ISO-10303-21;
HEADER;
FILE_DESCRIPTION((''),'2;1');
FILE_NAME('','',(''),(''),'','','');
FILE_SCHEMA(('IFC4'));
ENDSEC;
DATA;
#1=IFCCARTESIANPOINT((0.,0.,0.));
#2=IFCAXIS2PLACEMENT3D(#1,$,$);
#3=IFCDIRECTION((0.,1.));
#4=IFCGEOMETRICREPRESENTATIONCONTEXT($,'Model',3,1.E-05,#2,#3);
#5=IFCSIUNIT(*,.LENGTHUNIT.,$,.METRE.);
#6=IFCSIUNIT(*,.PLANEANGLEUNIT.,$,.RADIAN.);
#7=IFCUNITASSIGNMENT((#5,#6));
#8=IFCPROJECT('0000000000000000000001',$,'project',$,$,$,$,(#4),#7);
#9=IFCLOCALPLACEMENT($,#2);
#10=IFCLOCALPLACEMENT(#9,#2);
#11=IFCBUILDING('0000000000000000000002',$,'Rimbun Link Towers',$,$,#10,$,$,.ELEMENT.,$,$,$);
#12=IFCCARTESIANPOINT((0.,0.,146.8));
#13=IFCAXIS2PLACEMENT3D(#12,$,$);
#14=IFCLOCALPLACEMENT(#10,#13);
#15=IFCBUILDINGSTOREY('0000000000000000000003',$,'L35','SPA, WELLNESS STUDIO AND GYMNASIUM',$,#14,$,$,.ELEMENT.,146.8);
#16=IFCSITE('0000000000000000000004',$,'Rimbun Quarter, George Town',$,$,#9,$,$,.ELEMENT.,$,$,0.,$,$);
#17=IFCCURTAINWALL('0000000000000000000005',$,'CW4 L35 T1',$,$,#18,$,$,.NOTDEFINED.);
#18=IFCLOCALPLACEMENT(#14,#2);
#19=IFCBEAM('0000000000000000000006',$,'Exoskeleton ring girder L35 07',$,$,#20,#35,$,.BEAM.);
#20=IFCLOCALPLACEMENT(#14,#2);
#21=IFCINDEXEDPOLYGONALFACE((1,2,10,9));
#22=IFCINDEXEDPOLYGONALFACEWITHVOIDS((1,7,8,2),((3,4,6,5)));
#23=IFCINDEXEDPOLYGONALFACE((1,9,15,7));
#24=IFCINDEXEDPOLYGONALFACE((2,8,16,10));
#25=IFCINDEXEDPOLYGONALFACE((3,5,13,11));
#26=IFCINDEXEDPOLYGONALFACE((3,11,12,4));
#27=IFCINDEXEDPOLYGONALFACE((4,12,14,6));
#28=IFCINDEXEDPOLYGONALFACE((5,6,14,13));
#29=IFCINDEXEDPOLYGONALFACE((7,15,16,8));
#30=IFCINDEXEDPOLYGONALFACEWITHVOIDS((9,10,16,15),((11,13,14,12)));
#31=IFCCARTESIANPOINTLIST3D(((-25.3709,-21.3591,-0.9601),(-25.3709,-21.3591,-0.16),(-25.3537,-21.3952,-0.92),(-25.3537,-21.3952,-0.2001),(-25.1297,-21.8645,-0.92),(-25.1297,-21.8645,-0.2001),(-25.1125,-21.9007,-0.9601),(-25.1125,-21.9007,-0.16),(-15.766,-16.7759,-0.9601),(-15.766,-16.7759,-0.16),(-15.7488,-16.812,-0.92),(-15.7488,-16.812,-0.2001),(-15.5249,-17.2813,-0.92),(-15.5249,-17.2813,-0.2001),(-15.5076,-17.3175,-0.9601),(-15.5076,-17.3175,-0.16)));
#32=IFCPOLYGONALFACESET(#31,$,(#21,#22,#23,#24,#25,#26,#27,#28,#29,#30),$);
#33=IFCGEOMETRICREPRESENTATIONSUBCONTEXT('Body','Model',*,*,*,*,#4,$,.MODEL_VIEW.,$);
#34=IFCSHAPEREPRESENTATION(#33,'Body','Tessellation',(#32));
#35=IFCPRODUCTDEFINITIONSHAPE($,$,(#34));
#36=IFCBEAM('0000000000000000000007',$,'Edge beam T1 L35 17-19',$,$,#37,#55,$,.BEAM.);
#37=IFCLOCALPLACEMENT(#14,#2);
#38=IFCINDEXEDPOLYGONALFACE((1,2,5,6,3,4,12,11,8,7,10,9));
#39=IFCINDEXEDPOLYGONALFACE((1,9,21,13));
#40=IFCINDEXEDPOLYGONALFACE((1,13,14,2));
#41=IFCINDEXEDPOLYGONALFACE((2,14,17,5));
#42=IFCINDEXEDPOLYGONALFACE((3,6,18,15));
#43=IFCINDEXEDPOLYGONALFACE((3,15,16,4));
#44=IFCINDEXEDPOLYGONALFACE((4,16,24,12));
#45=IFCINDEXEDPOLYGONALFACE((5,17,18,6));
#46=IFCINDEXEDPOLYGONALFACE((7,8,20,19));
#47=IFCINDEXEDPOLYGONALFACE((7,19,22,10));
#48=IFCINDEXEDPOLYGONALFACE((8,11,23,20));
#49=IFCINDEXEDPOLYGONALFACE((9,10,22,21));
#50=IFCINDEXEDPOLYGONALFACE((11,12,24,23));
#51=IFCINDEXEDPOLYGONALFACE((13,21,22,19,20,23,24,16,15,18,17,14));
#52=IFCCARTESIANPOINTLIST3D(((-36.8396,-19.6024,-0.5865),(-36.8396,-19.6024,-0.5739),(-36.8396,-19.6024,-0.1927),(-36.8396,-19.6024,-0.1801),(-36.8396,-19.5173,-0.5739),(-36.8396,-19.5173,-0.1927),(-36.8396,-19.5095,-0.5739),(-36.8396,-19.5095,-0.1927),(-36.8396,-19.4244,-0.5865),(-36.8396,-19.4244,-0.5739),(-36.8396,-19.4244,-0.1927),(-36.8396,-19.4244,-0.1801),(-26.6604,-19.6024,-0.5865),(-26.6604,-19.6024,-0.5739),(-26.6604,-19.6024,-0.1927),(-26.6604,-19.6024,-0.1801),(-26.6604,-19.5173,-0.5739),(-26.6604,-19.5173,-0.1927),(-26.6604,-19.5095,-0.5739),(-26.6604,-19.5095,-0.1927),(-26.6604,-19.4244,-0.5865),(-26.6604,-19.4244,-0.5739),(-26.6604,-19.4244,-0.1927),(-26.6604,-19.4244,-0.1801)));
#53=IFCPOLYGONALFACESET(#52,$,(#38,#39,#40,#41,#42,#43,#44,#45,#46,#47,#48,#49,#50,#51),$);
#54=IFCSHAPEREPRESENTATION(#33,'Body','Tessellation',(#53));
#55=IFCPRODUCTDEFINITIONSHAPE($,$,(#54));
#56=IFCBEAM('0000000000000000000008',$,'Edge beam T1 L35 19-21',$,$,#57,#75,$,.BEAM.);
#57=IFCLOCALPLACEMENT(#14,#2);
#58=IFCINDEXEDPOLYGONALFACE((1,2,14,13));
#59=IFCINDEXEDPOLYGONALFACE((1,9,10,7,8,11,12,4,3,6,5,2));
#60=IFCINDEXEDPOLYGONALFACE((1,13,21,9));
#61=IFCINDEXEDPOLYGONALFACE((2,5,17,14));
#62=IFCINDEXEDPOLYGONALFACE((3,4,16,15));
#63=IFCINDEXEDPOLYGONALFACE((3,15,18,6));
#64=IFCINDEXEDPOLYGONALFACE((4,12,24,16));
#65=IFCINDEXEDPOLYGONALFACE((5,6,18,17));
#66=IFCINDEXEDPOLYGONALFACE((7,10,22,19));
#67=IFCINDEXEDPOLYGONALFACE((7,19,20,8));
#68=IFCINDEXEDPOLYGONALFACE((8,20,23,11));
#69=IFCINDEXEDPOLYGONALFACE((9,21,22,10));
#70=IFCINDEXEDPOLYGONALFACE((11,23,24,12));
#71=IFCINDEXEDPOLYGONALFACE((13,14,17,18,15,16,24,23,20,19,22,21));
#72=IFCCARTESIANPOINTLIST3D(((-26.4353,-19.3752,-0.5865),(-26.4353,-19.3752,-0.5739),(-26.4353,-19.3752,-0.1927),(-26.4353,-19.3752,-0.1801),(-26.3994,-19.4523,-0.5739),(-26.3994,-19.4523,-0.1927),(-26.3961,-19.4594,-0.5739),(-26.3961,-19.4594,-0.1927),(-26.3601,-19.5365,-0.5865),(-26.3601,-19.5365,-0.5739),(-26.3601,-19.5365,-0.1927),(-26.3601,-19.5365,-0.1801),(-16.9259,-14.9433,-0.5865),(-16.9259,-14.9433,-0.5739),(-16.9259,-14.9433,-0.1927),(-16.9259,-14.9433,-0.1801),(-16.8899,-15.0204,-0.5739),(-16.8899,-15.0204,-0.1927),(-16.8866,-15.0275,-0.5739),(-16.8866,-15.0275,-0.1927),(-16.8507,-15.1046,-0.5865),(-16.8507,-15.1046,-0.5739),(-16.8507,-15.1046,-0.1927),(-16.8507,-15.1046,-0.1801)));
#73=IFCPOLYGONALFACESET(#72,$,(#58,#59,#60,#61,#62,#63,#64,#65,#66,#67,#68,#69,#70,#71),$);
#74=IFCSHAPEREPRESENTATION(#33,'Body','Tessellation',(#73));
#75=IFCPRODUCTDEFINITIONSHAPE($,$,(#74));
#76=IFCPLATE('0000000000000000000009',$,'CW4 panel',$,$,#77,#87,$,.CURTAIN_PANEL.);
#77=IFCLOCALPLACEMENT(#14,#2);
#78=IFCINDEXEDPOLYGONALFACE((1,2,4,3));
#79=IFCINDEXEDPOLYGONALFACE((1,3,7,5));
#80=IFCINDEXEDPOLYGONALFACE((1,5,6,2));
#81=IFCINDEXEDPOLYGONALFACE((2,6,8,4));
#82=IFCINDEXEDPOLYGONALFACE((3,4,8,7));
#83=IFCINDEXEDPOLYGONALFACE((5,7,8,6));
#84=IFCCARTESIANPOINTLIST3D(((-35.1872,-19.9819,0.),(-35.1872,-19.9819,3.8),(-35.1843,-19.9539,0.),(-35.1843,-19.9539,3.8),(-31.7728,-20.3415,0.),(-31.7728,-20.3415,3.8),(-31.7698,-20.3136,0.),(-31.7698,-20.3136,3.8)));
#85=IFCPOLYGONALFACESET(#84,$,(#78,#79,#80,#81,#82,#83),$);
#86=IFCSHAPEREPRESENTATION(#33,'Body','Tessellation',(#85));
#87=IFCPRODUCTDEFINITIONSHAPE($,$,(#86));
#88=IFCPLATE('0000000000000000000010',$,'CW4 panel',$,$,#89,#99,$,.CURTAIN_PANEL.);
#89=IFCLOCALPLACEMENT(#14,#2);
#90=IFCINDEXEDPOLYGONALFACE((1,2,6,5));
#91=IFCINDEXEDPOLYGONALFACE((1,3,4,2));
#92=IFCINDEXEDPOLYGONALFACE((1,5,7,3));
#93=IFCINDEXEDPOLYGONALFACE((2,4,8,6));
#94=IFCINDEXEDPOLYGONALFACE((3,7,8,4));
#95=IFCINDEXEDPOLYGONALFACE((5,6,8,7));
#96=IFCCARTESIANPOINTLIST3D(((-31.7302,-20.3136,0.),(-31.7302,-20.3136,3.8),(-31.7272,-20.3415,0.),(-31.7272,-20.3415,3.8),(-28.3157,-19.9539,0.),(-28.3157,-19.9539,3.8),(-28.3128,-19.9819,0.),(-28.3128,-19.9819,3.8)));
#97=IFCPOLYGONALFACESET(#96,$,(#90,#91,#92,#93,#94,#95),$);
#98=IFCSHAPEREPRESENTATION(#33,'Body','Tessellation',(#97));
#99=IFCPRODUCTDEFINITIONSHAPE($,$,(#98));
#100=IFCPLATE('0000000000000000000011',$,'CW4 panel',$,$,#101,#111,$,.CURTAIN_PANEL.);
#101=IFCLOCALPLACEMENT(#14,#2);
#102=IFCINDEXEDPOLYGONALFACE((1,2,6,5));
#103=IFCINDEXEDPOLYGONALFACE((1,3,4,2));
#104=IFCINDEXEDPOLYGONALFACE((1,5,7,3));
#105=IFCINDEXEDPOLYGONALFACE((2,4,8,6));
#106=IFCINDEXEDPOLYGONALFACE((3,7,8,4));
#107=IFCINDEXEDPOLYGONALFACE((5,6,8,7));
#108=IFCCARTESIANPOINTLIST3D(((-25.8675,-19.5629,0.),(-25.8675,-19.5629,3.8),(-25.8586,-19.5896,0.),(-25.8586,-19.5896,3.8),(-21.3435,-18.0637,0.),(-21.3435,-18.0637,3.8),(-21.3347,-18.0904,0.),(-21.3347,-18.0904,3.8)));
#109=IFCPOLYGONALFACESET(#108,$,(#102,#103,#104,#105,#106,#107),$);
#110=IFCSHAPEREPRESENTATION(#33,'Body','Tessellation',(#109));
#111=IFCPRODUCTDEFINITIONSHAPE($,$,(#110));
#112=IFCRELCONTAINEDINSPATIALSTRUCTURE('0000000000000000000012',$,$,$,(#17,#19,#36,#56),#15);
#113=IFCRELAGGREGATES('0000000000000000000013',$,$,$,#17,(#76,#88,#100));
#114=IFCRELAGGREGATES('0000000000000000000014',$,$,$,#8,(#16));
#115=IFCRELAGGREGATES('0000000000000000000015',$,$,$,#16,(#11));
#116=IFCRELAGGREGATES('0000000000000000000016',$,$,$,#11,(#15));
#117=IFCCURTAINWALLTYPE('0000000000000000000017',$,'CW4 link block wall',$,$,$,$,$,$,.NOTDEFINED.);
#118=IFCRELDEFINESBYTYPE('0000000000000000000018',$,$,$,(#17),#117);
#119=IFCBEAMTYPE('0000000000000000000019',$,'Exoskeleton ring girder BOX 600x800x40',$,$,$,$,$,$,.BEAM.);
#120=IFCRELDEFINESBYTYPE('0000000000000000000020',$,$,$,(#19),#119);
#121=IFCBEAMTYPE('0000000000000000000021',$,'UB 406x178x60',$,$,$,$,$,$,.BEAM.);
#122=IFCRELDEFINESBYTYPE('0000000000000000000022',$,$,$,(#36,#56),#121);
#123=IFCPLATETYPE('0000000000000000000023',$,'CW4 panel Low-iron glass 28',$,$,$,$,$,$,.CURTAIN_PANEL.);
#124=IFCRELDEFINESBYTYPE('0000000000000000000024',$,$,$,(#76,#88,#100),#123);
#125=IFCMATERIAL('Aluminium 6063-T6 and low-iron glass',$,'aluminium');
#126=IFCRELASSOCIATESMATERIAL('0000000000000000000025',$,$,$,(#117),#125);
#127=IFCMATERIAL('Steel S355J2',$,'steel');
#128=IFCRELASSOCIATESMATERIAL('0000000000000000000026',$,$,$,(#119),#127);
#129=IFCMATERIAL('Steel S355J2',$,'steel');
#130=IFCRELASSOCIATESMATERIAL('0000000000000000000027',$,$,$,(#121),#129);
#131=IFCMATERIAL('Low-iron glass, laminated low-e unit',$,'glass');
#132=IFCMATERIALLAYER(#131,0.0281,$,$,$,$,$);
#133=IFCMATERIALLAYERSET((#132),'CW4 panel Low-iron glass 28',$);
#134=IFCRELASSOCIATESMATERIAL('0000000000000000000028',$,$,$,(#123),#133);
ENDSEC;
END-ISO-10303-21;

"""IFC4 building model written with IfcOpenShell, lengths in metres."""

from ifc_helpers import new_model, si_unit, direction, frame, origin, origin_2d, place, context, subcontext, project, spatial, rectangle, hollow_rectangle, i_section, extrude, material, layer, layer_set, material_profile, profile_set, type_object, element, aggregate, save


model = new_model("IFC4")

# Units and contexts
model_context = context("Model", 3, precision=1e-05, world=origin(), true_north=direction((0.0, 1.0)))
body_context = subcontext(model_context, "Body", "Model", "MODEL_VIEW")
ifc_project = project(units=[si_unit("LENGTHUNIT", "METRE"), si_unit("PLANEANGLEUNIT", "RADIAN")], contexts=[model_context])

# Site, building, storey
site_placement = place(None, origin())
site = spatial("IfcSite", under=ifc_project, at=site_placement, Name="Rimbun Quarter, George Town", CompositionType="ELEMENT", RefElevation=0.0)
building_placement = place(site_placement, origin())
building = spatial("IfcBuilding", under=site, at=building_placement, Name="Rimbun Link Towers", CompositionType="ELEMENT")
storey_placement = place(building_placement, frame((0.0, 0.0, 146.8)))
storey = spatial("IfcBuildingStorey", under=building, at=storey_placement, Name="L35", Description="SPA, WELLNESS STUDIO AND GYMNASIUM", CompositionType="ELEMENT", Elevation=146.8)

# Curtain wall
ifc_material_1 = material(Name="Aluminium 6063-T6 and low-iron glass", Category="aluminium")
curtain_wall_type = type_object("IfcCurtainWallType", Name="CW4 link block wall", PredefinedType="NOTDEFINED", material=ifc_material_1)
curtain_wall_placement = place(storey_placement, origin())
curtain_wall = element("IfcCurtainWall", 1, at=curtain_wall_placement, inside=storey, type_object=curtain_wall_type, Name="CW4 L35 T1", PredefinedType="NOTDEFINED")

# Beams
ifc_material_2 = material(Name="Steel S355J2", Category="steel")
ifc_material_profile_1 = material_profile(ifc_material_2, hollow_rectangle(XDim=0.6001, YDim=0.8, WallThickness=0.04, at=origin_2d()), Name="Exoskeleton ring girder BOX 600x800x40")
ifc_profile_set_1 = profile_set([ifc_material_profile_1], Name="Steel S355J2")
beam_type_1 = type_object("IfcBeamType", Name="Exoskeleton ring girder BOX 600x800x40", PredefinedType="BEAM", material=ifc_profile_set_1)
beam_1_placement = place(storey_placement, frame((-25.2417, -21.6299, -0.5601), z_axis=(0.902515, 0.430657, 0.0), x_axis=(-0.430657, 0.902515, 0.0)))
element("IfcBeam", 2, at=beam_1_placement, inside=storey, type_object=beam_type_1, Name="Exoskeleton ring girder L35 07", PredefinedType="BEAM", context=body_context, shape_type="SweptSolid", body=[
    extrude(hollow_rectangle(XDim=0.6001, YDim=0.8, WallThickness=0.04, at=origin_2d()), origin(), (0.0, 0.0, 1.0), 10.6423),
])
ifc_material_3 = material(Name="Steel S355J2", Category="steel")
ifc_material_profile_2 = material_profile(ifc_material_3, i_section(OverallWidth=0.178, OverallDepth=0.4065, WebThickness=0.0078, FlangeThickness=0.0127, at=origin_2d()), Name="UB 406x178x60")
ifc_profile_set_2 = profile_set([ifc_material_profile_2], Name="Steel S355J2")
beam_type_2 = type_object("IfcBeamType", Name="UB 406x178x60", PredefinedType="BEAM", material=ifc_profile_set_2)
beam_2_placement = place(storey_placement, frame((-36.8396, -19.5134, -0.3833), z_axis=(1.0, 0.0, 0.0), x_axis=(0.0, 1.0, 0.0)))
element("IfcBeam", 3, at=beam_2_placement, inside=storey, type_object=beam_type_2, Name="Edge beam T1 L35 17-19", PredefinedType="BEAM", context=body_context, shape_type="SweptSolid", body=[
    extrude(i_section(OverallWidth=0.178, OverallDepth=0.4065, WebThickness=0.0078, FlangeThickness=0.0127, at=origin_2d()), origin(), (0.0, 0.0, 1.0), 10.1792),
])
beam_3_placement = place(storey_placement, frame((-26.3977, -19.4558, -0.3833), z_axis=(0.906398, 0.422424, 0.0), x_axis=(-0.422424, 0.906398, 0.0)))
element("IfcBeam", 4, at=beam_3_placement, inside=storey, type_object=beam_type_2, Name="Edge beam T1 L35 19-21", PredefinedType="BEAM", context=body_context, shape_type="SweptSolid", body=[
    extrude(i_section(OverallWidth=0.178, OverallDepth=0.4065, WebThickness=0.0078, FlangeThickness=0.0127, at=origin_2d()), origin(), (0.0, 0.0, 1.0), 10.4915),
])

# Plates
ifc_material_4 = material(Name="Low-iron glass, laminated low-e unit", Category="glass")
ifc_layer = layer(ifc_material_4, 0.0281)
ifc_layer_set = layer_set([ifc_layer], Name="CW4 panel Low-iron glass 28")
plate_type = type_object("IfcPlateType", Name="CW4 panel Low-iron glass 28", PredefinedType="CURTAIN_PANEL", material=ifc_layer_set)
plate_1_placement = place(storey_placement, frame((-33.4785, -20.1477, 0.0), z_axis=(0.0, 0.0, 1.0), x_axis=(-0.994499, 0.104745, 0.0)))
plate_1 = element("IfcPlate", 5, at=plate_1_placement, type_object=plate_type, Name="CW4 panel", PredefinedType="CURTAIN_PANEL", context=body_context, shape_type="SweptSolid", body=[
    extrude(rectangle(XDim=3.4333, YDim=0.0281, at=origin_2d()), origin(), (0.0, 0.0, 1.0), 3.8),
])
plate_2_placement = place(storey_placement, frame((-30.0215, -20.1477, 0.0), z_axis=(0.0, 0.0, 1.0), x_axis=(-0.994499, -0.104745, 0.0)))
plate_2 = element("IfcPlate", 6, at=plate_2_placement, type_object=plate_type, Name="CW4 panel", PredefinedType="CURTAIN_PANEL", context=body_context, shape_type="SweptSolid", body=[
    extrude(rectangle(XDim=3.4333, YDim=0.0281, at=origin_2d()), origin(), (0.0, 0.0, 1.0), 3.8),
])
plate_3_placement = place(storey_placement, frame((-23.6011, -18.8267, 0.0), z_axis=(0.0, 0.0, 1.0), x_axis=(-0.949235, -0.314568, 0.0)))
plate_3 = element("IfcPlate", 7, at=plate_3_placement, type_object=plate_type, Name="CW4 panel", PredefinedType="CURTAIN_PANEL", context=body_context, shape_type="SweptSolid", body=[
    extrude(rectangle(XDim=4.7659, YDim=0.0281, at=origin_2d()), origin(), (0.0, 0.0, 1.0), 3.8),
])
aggregate(curtain_wall, [plate_1, plate_2, plate_3])

save(model, "model.ifc")
